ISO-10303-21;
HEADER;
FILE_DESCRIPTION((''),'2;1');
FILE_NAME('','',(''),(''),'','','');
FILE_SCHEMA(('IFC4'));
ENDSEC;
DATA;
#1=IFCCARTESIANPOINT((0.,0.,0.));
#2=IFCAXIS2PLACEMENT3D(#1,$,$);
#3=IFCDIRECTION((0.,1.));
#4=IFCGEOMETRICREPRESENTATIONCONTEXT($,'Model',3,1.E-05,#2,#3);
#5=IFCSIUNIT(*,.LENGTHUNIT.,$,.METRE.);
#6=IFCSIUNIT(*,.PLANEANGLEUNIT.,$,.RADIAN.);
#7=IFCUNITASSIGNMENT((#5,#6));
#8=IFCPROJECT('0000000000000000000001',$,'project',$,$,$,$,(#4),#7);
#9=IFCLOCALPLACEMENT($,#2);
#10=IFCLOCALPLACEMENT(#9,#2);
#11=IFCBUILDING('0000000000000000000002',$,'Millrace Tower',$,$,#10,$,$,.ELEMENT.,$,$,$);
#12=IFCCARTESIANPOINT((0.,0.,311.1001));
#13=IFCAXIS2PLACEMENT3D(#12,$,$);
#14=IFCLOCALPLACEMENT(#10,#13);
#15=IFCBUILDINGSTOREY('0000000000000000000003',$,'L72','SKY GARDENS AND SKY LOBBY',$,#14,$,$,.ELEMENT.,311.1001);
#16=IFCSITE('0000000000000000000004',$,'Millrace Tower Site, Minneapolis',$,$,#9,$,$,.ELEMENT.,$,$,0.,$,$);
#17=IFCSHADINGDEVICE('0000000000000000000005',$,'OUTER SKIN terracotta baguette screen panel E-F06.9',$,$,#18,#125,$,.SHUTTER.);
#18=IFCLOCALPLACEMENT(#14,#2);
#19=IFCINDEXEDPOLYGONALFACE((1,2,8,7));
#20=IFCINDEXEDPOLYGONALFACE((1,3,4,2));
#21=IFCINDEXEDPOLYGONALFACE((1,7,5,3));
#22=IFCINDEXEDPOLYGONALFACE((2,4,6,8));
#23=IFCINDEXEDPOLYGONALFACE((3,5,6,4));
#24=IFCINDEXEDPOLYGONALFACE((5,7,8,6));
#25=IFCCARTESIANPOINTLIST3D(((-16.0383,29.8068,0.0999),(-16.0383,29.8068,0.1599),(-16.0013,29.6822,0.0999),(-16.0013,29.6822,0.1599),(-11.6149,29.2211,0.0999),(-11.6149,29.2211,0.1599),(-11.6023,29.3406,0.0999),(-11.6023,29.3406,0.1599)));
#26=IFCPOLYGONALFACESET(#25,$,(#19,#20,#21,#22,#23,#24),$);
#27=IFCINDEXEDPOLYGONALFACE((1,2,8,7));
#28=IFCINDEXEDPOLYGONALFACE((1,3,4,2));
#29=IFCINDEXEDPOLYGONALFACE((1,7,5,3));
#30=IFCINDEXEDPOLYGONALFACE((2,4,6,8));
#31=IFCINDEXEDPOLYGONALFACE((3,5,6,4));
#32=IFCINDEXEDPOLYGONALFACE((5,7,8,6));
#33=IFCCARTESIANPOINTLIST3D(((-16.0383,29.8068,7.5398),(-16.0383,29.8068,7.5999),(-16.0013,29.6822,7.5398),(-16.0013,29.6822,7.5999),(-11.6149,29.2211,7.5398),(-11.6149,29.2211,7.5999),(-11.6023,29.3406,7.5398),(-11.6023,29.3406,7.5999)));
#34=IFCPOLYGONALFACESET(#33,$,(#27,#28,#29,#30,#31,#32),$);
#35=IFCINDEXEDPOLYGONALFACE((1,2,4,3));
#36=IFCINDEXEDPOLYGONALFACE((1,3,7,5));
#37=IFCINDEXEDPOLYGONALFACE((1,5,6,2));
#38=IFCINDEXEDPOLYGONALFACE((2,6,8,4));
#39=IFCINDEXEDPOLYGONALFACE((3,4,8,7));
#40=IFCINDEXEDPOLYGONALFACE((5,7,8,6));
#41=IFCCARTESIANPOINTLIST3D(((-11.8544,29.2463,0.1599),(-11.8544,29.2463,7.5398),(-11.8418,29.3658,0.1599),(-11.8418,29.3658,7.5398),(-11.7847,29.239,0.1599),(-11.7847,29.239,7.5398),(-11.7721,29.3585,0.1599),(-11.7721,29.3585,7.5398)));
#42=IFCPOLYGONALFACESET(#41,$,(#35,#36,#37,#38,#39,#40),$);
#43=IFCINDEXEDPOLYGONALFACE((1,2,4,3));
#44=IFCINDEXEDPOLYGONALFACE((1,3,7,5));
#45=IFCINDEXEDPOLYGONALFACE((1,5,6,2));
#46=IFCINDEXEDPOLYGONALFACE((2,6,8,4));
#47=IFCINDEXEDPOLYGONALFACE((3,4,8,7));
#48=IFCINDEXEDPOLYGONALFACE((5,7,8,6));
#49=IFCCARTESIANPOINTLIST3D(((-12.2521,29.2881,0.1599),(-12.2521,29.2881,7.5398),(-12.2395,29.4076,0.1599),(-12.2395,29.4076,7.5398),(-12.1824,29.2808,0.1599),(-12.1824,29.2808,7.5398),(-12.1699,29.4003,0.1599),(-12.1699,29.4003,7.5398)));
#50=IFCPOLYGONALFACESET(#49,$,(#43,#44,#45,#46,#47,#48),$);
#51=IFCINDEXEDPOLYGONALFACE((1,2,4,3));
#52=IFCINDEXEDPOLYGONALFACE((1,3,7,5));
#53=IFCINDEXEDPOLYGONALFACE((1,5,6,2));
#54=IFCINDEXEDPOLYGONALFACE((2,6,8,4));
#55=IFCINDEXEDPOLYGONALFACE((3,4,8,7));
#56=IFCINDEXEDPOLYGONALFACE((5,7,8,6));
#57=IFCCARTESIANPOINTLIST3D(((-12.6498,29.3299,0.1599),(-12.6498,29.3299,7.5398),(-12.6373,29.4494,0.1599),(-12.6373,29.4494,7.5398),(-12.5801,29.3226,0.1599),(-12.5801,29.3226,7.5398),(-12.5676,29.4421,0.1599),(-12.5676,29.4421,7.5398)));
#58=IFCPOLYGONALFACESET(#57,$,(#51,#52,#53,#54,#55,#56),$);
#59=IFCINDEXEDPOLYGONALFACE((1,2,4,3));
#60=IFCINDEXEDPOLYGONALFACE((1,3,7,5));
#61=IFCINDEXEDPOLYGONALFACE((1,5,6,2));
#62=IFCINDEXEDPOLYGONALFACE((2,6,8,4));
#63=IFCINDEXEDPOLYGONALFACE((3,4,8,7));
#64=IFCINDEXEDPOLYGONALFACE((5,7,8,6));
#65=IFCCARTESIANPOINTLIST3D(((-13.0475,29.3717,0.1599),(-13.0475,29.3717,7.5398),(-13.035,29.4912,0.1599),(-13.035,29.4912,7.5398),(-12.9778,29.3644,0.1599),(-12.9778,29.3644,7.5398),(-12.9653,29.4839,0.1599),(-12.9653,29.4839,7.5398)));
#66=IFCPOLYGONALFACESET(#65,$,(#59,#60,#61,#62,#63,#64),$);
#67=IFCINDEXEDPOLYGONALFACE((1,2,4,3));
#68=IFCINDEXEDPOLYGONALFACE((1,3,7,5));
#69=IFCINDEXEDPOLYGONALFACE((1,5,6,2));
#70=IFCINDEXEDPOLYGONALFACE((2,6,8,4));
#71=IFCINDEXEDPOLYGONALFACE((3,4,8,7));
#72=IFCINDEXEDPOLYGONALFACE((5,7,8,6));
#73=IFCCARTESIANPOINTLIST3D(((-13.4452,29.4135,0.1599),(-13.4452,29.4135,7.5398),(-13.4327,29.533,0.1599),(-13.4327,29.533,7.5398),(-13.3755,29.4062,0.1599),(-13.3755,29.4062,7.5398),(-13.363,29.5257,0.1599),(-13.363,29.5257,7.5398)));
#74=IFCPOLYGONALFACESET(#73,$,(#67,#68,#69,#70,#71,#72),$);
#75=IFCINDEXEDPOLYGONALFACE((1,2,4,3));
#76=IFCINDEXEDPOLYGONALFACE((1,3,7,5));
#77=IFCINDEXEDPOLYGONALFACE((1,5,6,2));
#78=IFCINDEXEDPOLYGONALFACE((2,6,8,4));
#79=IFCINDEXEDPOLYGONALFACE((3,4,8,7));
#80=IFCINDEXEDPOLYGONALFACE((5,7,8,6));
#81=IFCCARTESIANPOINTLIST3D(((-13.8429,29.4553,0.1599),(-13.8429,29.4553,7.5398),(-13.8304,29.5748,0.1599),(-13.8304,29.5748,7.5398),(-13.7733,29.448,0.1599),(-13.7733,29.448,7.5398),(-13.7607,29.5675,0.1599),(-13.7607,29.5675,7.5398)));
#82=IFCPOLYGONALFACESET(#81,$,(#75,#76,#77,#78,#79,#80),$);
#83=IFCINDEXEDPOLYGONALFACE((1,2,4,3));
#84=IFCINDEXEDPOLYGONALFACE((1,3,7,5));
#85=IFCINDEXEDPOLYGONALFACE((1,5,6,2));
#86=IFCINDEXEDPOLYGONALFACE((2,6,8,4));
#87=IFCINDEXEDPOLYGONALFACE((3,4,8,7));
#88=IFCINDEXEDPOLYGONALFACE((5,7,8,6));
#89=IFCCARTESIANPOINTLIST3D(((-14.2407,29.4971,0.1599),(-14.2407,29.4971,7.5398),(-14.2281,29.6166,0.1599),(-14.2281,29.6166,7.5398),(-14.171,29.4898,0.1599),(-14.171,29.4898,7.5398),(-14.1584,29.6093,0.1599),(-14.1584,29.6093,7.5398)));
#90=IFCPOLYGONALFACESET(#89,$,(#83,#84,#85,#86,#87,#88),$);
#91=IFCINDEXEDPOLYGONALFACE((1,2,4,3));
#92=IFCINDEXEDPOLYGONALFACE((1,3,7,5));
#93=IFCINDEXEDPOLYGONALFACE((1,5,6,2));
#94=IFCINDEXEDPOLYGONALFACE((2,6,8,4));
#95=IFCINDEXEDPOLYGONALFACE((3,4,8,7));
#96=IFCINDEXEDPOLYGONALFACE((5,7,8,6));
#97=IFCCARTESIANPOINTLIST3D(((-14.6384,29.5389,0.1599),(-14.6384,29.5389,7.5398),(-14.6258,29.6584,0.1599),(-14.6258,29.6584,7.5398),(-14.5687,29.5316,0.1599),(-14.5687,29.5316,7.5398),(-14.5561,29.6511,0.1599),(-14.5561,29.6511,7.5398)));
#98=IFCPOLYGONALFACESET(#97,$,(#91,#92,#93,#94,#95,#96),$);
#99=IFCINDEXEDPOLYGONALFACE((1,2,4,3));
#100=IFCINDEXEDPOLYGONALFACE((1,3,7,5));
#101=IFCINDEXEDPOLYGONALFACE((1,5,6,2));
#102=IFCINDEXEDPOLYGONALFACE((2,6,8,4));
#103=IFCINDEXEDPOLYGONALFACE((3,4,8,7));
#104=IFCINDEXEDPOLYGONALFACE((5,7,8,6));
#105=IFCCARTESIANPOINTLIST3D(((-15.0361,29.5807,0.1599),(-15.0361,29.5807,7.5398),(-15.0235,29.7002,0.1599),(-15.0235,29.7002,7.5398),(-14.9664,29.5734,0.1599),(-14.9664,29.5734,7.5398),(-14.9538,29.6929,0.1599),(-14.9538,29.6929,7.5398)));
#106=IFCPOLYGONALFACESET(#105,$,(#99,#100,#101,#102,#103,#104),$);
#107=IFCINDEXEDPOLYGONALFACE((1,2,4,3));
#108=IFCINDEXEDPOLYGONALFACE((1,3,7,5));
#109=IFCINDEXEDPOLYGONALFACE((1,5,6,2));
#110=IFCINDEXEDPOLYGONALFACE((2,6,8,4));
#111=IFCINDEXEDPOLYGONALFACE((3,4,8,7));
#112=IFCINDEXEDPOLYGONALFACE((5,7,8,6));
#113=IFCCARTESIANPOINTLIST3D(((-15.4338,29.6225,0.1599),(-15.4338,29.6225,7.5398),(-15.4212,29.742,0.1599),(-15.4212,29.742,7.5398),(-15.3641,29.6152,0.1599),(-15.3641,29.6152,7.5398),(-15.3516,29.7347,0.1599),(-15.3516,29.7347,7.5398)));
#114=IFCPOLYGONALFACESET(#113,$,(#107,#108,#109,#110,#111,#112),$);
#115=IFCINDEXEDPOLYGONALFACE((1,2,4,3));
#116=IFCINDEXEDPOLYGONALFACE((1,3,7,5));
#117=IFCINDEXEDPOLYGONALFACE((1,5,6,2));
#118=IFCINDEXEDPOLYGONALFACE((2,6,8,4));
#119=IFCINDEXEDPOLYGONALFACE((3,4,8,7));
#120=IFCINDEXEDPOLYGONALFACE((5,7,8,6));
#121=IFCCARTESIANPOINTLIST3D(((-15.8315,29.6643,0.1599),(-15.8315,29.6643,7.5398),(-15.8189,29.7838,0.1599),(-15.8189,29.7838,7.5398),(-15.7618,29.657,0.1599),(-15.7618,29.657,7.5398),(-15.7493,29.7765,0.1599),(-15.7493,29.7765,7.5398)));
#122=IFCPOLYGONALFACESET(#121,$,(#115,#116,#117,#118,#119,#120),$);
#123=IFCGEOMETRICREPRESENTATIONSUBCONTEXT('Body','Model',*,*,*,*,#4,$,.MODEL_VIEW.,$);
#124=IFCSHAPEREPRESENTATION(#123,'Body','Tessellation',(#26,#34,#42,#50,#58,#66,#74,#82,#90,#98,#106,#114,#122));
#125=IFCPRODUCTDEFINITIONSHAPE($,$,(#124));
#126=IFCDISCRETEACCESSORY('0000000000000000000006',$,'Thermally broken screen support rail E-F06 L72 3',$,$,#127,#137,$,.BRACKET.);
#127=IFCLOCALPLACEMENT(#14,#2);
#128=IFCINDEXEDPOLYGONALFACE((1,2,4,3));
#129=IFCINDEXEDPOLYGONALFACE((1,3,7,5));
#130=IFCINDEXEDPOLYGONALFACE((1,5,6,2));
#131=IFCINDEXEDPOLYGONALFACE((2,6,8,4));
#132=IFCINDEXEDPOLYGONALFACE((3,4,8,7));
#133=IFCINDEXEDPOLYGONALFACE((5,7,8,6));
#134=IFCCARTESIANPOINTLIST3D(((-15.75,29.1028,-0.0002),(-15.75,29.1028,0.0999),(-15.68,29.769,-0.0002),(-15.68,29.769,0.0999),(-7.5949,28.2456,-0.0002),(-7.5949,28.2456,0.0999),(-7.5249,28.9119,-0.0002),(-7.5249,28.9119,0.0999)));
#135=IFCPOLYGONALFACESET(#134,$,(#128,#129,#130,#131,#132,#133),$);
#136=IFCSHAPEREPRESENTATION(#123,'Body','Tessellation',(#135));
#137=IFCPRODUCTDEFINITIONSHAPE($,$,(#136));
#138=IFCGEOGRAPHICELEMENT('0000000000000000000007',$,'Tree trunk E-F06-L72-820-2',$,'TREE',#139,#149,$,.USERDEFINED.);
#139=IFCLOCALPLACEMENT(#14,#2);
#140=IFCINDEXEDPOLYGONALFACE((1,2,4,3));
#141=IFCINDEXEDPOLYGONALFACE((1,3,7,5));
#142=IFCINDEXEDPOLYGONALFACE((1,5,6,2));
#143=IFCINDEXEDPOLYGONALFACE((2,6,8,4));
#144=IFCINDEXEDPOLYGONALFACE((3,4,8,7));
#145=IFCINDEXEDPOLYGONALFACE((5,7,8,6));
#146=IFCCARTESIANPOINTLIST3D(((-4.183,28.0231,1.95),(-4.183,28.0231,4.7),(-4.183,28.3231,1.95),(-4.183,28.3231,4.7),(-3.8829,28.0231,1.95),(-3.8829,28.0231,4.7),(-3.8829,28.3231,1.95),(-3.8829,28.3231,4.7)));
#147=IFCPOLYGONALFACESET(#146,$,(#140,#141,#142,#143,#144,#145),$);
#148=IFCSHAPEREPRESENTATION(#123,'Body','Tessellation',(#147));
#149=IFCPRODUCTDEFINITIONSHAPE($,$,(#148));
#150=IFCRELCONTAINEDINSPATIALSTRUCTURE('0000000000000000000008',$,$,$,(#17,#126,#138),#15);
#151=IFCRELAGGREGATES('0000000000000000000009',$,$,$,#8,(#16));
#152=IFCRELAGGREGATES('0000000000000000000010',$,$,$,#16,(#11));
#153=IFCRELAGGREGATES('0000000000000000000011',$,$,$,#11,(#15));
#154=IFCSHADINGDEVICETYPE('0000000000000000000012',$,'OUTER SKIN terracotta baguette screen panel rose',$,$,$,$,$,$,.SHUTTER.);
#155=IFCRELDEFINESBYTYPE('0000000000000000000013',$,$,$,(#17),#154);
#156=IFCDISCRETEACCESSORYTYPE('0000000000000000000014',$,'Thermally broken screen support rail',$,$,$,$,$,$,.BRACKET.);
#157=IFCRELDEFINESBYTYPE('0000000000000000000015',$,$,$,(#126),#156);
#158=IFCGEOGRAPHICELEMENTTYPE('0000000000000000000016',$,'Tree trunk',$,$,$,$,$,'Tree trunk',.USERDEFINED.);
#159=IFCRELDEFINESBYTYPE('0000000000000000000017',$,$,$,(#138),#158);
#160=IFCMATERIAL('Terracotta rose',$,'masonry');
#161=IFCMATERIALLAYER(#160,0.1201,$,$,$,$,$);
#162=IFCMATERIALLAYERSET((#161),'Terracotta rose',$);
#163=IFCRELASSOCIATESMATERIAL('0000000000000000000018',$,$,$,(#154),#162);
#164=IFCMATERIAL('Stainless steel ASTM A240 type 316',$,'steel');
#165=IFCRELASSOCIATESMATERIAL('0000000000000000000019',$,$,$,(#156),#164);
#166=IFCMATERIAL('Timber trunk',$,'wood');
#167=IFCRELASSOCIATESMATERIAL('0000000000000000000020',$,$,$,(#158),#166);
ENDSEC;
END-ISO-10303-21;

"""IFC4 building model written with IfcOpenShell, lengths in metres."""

from ifc_helpers import new_model, entity, si_unit, direction, frame, frame_2d, origin, origin_2d, place, context, subcontext, project, spatial, rectangle, extrude, source, transform, mapped, material, layer, layer_set, type_object, element, save


model = new_model("IFC4")

# Units and contexts
model_context = context("Model", 3, precision=1e-05, world=origin(), true_north=direction((0.0, 1.0)))
body_context = subcontext(model_context, "Body", "Model", "MODEL_VIEW")
ifc_project = project(units=[si_unit("LENGTHUNIT", "METRE"), si_unit("PLANEANGLEUNIT", "RADIAN")], contexts=[model_context])

# Site, building, storey
site_placement = place(None, origin())
site = spatial("IfcSite", under=ifc_project, at=site_placement, Name="Millrace Tower Site, Minneapolis", CompositionType="ELEMENT", RefElevation=0.0)
building_placement = place(site_placement, origin())
building = spatial("IfcBuilding", under=site, at=building_placement, Name="Millrace Tower", CompositionType="ELEMENT")
storey_placement = place(building_placement, frame((0.0, 0.0, 311.1001)))
storey = spatial("IfcBuildingStorey", under=building, at=storey_placement, Name="L72", Description="SKY GARDENS AND SKY LOBBY", CompositionType="ELEMENT", Elevation=311.1001)

# Shading device
ifc_material_1 = material(Name="Terracotta rose", Category="masonry")
ifc_layer_1 = layer(ifc_material_1, 0.1201)
ifc_layer_set_1 = layer_set([ifc_layer_1], Name="Terracotta rose")
shading_device_type = type_object("IfcShadingDeviceType", Name="OUTER SKIN terracotta baguette screen panel rose", PredefinedType="SHUTTER", material=ifc_layer_set_1)
cartesian_point_1 = entity("IfcCartesianPoint", [-2.2178, 0.0601])
shared_polyline_1 = entity("IfcPolyline", [cartesian_point_1, entity("IfcCartesianPoint", [2.1929, 0.0601]), entity("IfcCartesianPoint", [2.2427, -0.0601]), entity("IfcCartesianPoint", [-2.2178, -0.0601]), cartesian_point_1])
shared_shape_1 = source(origin(), body_context, "Body", "SweptSolid", [
    entity("IfcExtrudedAreaSolid", entity("IfcArbitraryClosedProfileDef", "AREA", None, shared_polyline_1), entity("IfcAxis2Placement3D", entity("IfcCartesianPoint", [0.0, 0.0, 0.0])), entity("IfcDirection", [0.0, 0.0, 1.0]), 0.0601),
    entity("IfcExtrudedAreaSolid", entity("IfcArbitraryClosedProfileDef", "AREA", None, shared_polyline_1), entity("IfcAxis2Placement3D", entity("IfcCartesianPoint", [0.0, 0.0, 7.4399])), entity("IfcDirection", [0.0, 0.0, 1.0]), 0.0601),
    extrude(rectangle(XDim=0.0701, YDim=0.1201, at=frame_2d((-2.012, 0.0))), frame((0.0, 0.0, 0.0601)), (0.0, 0.0, 1.0), 7.3799),
    extrude(rectangle(XDim=0.0701, YDim=0.1201, at=frame_2d((-1.6121, 0.0))), frame((0.0, 0.0, 0.0601)), (0.0, 0.0, 1.0), 7.3799),
    extrude(rectangle(XDim=0.0701, YDim=0.1201, at=frame_2d((-1.2122, 0.0))), frame((0.0, 0.0, 0.0601)), (0.0, 0.0, 1.0), 7.3799),
    extrude(rectangle(XDim=0.0701, YDim=0.1201, at=frame_2d((-0.8123, 0.0))), frame((0.0, 0.0, 0.0601)), (0.0, 0.0, 1.0), 7.3799),
    extrude(rectangle(XDim=0.0701, YDim=0.1201, at=frame_2d((-0.4124, 0.0))), frame((0.0, 0.0, 0.0601)), (0.0, 0.0, 1.0), 7.3799),
    extrude(rectangle(XDim=0.0701, YDim=0.1201, at=frame_2d((-0.0125, 0.0))), frame((0.0, 0.0, 0.0601)), (0.0, 0.0, 1.0), 7.3799),
    extrude(rectangle(XDim=0.0701, YDim=0.1201, at=frame_2d((0.3875, 0.0))), frame((0.0, 0.0, 0.0601)), (0.0, 0.0, 1.0), 7.3799),
    extrude(rectangle(XDim=0.0701, YDim=0.1201, at=frame_2d((0.7874, 0.0))), frame((0.0, 0.0, 0.0601)), (0.0, 0.0, 1.0), 7.3799),
    extrude(rectangle(XDim=0.0701, YDim=0.1201, at=frame_2d((1.1873, 0.0))), frame((0.0, 0.0, 0.0601)), (0.0, 0.0, 1.0), 7.3799),
    extrude(rectangle(XDim=0.0701, YDim=0.1201, at=frame_2d((1.5872, 0.0))), frame((0.0, 0.0, 0.0601)), (0.0, 0.0, 1.0), 7.3799),
    extrude(rectangle(XDim=0.0701, YDim=0.1201, at=frame_2d((1.9871, 0.0))), frame((0.0, 0.0, 0.0601)), (0.0, 0.0, 1.0), 7.3799),
])
shading_device_1_placement = place(storey_placement, frame((-13.8142, 29.5127, 0.0999), z_axis=(0.0, 0.0, 1.0), x_axis=(-0.994522, 0.104528, 0.0)))
element("IfcShadingDevice", 1, at=shading_device_1_placement, inside=storey, type_object=shading_device_type, Name="OUTER SKIN terracotta baguette screen panel E-F06.9", PredefinedType="SHUTTER", context=body_context, shape_type="MappedRepresentation", body=[
    mapped(shared_shape_1, transform((0.0, 0.0, 0.0), scale=1.0)),
])

# Discrete accessory
ifc_material_2 = material(Name="Stainless steel ASTM A240 type 316", Category="steel")
discrete_accessory_type = type_object("IfcDiscreteAccessoryType", Name="Thermally broken screen support rail", PredefinedType="BRACKET", material=ifc_material_2)
discrete_accessory_placement = place(storey_placement, frame((-11.6375, 29.0073, -0.0002), z_axis=(0.0, 0.0, 1.0), x_axis=(-0.994522, 0.104528, 0.0)))
element("IfcDiscreteAccessory", 2, at=discrete_accessory_placement, inside=storey, type_object=discrete_accessory_type, Name="Thermally broken screen support rail E-F06 L72 3", PredefinedType="BRACKET", context=body_context, shape_type="SweptSolid", body=[
    extrude(rectangle(XDim=8.2, YDim=0.6699, at=origin_2d()), origin(), (0.0, 0.0, 1.0), 0.1001),
])

# Geographic element
ifc_material_3 = material(Name="Timber trunk", Category="wood")
geographic_element_type = type_object("IfcGeographicElementType", Name="Tree trunk", ElementType="Tree trunk", PredefinedType="USERDEFINED", material=ifc_material_3)
geographic_element_placement = place(storey_placement, frame((-4.033, 28.1731, 1.95), z_axis=(0.0, 0.0, 1.0), x_axis=(1.0, 0.0, 0.0)))
element("IfcGeographicElement", 3, at=geographic_element_placement, inside=storey, type_object=geographic_element_type, Name="Tree trunk E-F06-L72-820-2", ObjectType="TREE", PredefinedType="USERDEFINED", context=body_context, shape_type="SweptSolid", body=[
    extrude(rectangle(XDim=0.3, YDim=0.3, at=origin_2d()), origin(), (0.0, 0.0, 1.0), 2.75),
])

save(model, "model.ifc")
